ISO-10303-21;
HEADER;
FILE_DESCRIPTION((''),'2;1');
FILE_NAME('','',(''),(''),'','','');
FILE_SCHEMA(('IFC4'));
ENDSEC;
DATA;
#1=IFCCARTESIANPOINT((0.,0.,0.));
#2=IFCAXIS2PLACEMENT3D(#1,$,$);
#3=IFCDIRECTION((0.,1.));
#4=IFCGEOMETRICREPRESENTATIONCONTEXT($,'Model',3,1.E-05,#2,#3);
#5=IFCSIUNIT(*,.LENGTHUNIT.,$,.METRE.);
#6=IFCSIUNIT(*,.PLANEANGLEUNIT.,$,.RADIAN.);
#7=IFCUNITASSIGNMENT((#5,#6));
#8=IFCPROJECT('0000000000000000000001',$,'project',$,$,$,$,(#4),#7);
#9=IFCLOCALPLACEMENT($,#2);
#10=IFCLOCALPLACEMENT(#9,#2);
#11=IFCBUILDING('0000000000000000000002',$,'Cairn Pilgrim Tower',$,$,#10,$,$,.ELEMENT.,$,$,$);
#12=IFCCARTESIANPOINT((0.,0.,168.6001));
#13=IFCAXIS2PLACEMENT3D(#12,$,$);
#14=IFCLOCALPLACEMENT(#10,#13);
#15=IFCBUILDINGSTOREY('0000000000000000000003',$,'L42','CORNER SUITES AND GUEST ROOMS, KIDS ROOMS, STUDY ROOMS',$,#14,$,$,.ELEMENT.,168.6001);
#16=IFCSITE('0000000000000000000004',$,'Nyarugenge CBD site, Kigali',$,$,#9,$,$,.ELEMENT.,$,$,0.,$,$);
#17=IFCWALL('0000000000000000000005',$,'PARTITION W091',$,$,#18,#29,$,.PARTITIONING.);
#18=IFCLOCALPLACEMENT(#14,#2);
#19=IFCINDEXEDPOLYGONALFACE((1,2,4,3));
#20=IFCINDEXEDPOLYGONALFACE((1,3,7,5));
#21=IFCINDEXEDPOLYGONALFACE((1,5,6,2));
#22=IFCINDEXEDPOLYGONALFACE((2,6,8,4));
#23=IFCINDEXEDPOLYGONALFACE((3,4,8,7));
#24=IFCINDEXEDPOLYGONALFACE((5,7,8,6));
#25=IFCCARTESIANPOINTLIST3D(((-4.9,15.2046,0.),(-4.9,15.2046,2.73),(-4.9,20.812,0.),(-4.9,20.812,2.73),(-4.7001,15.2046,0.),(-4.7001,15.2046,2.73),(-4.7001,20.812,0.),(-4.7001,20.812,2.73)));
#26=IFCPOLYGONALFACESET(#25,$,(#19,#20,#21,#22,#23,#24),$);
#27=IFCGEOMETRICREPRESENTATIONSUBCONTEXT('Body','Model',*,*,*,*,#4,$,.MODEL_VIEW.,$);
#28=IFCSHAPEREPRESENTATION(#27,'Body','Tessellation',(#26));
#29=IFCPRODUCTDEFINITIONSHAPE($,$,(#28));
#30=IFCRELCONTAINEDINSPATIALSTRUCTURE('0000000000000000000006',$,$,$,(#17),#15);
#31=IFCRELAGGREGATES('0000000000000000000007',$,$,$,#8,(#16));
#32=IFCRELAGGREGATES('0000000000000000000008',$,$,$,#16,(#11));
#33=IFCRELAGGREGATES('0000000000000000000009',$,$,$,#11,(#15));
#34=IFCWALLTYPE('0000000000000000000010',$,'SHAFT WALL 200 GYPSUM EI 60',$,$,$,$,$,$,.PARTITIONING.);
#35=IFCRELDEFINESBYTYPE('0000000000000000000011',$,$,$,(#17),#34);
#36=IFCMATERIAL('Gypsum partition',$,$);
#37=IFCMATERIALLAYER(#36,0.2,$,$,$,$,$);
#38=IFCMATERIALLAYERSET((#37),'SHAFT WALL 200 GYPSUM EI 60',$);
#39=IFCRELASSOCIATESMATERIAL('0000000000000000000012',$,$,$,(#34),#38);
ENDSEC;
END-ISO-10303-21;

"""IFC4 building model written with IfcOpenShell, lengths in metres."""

from ifc_helpers import new_model, si_unit, direction, frame, frame_2d, origin, place, context, subcontext, project, spatial, rectangle, extrude, material, layer, layer_set, type_object, element, save


model = new_model("IFC4")

# Units and contexts
model_context = context("Model", 3, precision=1e-05, world=origin(), true_north=direction((0.0, 1.0)))
body_context = subcontext(model_context, "Body", "Model", "MODEL_VIEW")
ifc_project = project(units=[si_unit("LENGTHUNIT", "METRE"), si_unit("PLANEANGLEUNIT", "RADIAN")], contexts=[model_context])

# Site, building, storey
site_placement = place(None, origin())
site = spatial("IfcSite", under=ifc_project, at=site_placement, Name="Nyarugenge CBD site, Kigali", CompositionType="ELEMENT", RefElevation=0.0)
building_placement = place(site_placement, origin())
building = spatial("IfcBuilding", under=site, at=building_placement, Name="Cairn Pilgrim Tower", CompositionType="ELEMENT")
storey_placement = place(building_placement, frame((0.0, 0.0, 168.6001)))
storey = spatial("IfcBuildingStorey", under=building, at=storey_placement, Name="L42", Description="CORNER SUITES AND GUEST ROOMS, KIDS ROOMS, STUDY ROOMS", CompositionType="ELEMENT", Elevation=168.6001)

# Shared definitions
ifc_material_1 = material(Name="Gypsum partition")

# Wall
ifc_layer_1 = layer(ifc_material_1, 0.2)
ifc_layer_set_1 = layer_set([ifc_layer_1], Name="SHAFT WALL 200 GYPSUM EI 60")
wall_type_1 = type_object("IfcWallType", Name="SHAFT WALL 200 GYPSUM EI 60", PredefinedType="PARTITIONING", material=ifc_layer_set_1)
wall_1_placement = place(storey_placement, frame((-4.8, 15.2046, 0.0), z_axis=(0.0, 0.0, 1.0), x_axis=(0.0, 1.0, 0.0)))
element("IfcWall", 1, at=wall_1_placement, inside=storey, type_object=wall_type_1, Name="PARTITION W091", PredefinedType="PARTITIONING", context=body_context, shape_type="SweptSolid", body=[
    extrude(rectangle(XDim=5.6074, YDim=0.2, at=frame_2d((2.8037, 0.0))), origin(), (0.0, 0.0, 1.0), 2.73),
])

save(model, "model.ifc")
